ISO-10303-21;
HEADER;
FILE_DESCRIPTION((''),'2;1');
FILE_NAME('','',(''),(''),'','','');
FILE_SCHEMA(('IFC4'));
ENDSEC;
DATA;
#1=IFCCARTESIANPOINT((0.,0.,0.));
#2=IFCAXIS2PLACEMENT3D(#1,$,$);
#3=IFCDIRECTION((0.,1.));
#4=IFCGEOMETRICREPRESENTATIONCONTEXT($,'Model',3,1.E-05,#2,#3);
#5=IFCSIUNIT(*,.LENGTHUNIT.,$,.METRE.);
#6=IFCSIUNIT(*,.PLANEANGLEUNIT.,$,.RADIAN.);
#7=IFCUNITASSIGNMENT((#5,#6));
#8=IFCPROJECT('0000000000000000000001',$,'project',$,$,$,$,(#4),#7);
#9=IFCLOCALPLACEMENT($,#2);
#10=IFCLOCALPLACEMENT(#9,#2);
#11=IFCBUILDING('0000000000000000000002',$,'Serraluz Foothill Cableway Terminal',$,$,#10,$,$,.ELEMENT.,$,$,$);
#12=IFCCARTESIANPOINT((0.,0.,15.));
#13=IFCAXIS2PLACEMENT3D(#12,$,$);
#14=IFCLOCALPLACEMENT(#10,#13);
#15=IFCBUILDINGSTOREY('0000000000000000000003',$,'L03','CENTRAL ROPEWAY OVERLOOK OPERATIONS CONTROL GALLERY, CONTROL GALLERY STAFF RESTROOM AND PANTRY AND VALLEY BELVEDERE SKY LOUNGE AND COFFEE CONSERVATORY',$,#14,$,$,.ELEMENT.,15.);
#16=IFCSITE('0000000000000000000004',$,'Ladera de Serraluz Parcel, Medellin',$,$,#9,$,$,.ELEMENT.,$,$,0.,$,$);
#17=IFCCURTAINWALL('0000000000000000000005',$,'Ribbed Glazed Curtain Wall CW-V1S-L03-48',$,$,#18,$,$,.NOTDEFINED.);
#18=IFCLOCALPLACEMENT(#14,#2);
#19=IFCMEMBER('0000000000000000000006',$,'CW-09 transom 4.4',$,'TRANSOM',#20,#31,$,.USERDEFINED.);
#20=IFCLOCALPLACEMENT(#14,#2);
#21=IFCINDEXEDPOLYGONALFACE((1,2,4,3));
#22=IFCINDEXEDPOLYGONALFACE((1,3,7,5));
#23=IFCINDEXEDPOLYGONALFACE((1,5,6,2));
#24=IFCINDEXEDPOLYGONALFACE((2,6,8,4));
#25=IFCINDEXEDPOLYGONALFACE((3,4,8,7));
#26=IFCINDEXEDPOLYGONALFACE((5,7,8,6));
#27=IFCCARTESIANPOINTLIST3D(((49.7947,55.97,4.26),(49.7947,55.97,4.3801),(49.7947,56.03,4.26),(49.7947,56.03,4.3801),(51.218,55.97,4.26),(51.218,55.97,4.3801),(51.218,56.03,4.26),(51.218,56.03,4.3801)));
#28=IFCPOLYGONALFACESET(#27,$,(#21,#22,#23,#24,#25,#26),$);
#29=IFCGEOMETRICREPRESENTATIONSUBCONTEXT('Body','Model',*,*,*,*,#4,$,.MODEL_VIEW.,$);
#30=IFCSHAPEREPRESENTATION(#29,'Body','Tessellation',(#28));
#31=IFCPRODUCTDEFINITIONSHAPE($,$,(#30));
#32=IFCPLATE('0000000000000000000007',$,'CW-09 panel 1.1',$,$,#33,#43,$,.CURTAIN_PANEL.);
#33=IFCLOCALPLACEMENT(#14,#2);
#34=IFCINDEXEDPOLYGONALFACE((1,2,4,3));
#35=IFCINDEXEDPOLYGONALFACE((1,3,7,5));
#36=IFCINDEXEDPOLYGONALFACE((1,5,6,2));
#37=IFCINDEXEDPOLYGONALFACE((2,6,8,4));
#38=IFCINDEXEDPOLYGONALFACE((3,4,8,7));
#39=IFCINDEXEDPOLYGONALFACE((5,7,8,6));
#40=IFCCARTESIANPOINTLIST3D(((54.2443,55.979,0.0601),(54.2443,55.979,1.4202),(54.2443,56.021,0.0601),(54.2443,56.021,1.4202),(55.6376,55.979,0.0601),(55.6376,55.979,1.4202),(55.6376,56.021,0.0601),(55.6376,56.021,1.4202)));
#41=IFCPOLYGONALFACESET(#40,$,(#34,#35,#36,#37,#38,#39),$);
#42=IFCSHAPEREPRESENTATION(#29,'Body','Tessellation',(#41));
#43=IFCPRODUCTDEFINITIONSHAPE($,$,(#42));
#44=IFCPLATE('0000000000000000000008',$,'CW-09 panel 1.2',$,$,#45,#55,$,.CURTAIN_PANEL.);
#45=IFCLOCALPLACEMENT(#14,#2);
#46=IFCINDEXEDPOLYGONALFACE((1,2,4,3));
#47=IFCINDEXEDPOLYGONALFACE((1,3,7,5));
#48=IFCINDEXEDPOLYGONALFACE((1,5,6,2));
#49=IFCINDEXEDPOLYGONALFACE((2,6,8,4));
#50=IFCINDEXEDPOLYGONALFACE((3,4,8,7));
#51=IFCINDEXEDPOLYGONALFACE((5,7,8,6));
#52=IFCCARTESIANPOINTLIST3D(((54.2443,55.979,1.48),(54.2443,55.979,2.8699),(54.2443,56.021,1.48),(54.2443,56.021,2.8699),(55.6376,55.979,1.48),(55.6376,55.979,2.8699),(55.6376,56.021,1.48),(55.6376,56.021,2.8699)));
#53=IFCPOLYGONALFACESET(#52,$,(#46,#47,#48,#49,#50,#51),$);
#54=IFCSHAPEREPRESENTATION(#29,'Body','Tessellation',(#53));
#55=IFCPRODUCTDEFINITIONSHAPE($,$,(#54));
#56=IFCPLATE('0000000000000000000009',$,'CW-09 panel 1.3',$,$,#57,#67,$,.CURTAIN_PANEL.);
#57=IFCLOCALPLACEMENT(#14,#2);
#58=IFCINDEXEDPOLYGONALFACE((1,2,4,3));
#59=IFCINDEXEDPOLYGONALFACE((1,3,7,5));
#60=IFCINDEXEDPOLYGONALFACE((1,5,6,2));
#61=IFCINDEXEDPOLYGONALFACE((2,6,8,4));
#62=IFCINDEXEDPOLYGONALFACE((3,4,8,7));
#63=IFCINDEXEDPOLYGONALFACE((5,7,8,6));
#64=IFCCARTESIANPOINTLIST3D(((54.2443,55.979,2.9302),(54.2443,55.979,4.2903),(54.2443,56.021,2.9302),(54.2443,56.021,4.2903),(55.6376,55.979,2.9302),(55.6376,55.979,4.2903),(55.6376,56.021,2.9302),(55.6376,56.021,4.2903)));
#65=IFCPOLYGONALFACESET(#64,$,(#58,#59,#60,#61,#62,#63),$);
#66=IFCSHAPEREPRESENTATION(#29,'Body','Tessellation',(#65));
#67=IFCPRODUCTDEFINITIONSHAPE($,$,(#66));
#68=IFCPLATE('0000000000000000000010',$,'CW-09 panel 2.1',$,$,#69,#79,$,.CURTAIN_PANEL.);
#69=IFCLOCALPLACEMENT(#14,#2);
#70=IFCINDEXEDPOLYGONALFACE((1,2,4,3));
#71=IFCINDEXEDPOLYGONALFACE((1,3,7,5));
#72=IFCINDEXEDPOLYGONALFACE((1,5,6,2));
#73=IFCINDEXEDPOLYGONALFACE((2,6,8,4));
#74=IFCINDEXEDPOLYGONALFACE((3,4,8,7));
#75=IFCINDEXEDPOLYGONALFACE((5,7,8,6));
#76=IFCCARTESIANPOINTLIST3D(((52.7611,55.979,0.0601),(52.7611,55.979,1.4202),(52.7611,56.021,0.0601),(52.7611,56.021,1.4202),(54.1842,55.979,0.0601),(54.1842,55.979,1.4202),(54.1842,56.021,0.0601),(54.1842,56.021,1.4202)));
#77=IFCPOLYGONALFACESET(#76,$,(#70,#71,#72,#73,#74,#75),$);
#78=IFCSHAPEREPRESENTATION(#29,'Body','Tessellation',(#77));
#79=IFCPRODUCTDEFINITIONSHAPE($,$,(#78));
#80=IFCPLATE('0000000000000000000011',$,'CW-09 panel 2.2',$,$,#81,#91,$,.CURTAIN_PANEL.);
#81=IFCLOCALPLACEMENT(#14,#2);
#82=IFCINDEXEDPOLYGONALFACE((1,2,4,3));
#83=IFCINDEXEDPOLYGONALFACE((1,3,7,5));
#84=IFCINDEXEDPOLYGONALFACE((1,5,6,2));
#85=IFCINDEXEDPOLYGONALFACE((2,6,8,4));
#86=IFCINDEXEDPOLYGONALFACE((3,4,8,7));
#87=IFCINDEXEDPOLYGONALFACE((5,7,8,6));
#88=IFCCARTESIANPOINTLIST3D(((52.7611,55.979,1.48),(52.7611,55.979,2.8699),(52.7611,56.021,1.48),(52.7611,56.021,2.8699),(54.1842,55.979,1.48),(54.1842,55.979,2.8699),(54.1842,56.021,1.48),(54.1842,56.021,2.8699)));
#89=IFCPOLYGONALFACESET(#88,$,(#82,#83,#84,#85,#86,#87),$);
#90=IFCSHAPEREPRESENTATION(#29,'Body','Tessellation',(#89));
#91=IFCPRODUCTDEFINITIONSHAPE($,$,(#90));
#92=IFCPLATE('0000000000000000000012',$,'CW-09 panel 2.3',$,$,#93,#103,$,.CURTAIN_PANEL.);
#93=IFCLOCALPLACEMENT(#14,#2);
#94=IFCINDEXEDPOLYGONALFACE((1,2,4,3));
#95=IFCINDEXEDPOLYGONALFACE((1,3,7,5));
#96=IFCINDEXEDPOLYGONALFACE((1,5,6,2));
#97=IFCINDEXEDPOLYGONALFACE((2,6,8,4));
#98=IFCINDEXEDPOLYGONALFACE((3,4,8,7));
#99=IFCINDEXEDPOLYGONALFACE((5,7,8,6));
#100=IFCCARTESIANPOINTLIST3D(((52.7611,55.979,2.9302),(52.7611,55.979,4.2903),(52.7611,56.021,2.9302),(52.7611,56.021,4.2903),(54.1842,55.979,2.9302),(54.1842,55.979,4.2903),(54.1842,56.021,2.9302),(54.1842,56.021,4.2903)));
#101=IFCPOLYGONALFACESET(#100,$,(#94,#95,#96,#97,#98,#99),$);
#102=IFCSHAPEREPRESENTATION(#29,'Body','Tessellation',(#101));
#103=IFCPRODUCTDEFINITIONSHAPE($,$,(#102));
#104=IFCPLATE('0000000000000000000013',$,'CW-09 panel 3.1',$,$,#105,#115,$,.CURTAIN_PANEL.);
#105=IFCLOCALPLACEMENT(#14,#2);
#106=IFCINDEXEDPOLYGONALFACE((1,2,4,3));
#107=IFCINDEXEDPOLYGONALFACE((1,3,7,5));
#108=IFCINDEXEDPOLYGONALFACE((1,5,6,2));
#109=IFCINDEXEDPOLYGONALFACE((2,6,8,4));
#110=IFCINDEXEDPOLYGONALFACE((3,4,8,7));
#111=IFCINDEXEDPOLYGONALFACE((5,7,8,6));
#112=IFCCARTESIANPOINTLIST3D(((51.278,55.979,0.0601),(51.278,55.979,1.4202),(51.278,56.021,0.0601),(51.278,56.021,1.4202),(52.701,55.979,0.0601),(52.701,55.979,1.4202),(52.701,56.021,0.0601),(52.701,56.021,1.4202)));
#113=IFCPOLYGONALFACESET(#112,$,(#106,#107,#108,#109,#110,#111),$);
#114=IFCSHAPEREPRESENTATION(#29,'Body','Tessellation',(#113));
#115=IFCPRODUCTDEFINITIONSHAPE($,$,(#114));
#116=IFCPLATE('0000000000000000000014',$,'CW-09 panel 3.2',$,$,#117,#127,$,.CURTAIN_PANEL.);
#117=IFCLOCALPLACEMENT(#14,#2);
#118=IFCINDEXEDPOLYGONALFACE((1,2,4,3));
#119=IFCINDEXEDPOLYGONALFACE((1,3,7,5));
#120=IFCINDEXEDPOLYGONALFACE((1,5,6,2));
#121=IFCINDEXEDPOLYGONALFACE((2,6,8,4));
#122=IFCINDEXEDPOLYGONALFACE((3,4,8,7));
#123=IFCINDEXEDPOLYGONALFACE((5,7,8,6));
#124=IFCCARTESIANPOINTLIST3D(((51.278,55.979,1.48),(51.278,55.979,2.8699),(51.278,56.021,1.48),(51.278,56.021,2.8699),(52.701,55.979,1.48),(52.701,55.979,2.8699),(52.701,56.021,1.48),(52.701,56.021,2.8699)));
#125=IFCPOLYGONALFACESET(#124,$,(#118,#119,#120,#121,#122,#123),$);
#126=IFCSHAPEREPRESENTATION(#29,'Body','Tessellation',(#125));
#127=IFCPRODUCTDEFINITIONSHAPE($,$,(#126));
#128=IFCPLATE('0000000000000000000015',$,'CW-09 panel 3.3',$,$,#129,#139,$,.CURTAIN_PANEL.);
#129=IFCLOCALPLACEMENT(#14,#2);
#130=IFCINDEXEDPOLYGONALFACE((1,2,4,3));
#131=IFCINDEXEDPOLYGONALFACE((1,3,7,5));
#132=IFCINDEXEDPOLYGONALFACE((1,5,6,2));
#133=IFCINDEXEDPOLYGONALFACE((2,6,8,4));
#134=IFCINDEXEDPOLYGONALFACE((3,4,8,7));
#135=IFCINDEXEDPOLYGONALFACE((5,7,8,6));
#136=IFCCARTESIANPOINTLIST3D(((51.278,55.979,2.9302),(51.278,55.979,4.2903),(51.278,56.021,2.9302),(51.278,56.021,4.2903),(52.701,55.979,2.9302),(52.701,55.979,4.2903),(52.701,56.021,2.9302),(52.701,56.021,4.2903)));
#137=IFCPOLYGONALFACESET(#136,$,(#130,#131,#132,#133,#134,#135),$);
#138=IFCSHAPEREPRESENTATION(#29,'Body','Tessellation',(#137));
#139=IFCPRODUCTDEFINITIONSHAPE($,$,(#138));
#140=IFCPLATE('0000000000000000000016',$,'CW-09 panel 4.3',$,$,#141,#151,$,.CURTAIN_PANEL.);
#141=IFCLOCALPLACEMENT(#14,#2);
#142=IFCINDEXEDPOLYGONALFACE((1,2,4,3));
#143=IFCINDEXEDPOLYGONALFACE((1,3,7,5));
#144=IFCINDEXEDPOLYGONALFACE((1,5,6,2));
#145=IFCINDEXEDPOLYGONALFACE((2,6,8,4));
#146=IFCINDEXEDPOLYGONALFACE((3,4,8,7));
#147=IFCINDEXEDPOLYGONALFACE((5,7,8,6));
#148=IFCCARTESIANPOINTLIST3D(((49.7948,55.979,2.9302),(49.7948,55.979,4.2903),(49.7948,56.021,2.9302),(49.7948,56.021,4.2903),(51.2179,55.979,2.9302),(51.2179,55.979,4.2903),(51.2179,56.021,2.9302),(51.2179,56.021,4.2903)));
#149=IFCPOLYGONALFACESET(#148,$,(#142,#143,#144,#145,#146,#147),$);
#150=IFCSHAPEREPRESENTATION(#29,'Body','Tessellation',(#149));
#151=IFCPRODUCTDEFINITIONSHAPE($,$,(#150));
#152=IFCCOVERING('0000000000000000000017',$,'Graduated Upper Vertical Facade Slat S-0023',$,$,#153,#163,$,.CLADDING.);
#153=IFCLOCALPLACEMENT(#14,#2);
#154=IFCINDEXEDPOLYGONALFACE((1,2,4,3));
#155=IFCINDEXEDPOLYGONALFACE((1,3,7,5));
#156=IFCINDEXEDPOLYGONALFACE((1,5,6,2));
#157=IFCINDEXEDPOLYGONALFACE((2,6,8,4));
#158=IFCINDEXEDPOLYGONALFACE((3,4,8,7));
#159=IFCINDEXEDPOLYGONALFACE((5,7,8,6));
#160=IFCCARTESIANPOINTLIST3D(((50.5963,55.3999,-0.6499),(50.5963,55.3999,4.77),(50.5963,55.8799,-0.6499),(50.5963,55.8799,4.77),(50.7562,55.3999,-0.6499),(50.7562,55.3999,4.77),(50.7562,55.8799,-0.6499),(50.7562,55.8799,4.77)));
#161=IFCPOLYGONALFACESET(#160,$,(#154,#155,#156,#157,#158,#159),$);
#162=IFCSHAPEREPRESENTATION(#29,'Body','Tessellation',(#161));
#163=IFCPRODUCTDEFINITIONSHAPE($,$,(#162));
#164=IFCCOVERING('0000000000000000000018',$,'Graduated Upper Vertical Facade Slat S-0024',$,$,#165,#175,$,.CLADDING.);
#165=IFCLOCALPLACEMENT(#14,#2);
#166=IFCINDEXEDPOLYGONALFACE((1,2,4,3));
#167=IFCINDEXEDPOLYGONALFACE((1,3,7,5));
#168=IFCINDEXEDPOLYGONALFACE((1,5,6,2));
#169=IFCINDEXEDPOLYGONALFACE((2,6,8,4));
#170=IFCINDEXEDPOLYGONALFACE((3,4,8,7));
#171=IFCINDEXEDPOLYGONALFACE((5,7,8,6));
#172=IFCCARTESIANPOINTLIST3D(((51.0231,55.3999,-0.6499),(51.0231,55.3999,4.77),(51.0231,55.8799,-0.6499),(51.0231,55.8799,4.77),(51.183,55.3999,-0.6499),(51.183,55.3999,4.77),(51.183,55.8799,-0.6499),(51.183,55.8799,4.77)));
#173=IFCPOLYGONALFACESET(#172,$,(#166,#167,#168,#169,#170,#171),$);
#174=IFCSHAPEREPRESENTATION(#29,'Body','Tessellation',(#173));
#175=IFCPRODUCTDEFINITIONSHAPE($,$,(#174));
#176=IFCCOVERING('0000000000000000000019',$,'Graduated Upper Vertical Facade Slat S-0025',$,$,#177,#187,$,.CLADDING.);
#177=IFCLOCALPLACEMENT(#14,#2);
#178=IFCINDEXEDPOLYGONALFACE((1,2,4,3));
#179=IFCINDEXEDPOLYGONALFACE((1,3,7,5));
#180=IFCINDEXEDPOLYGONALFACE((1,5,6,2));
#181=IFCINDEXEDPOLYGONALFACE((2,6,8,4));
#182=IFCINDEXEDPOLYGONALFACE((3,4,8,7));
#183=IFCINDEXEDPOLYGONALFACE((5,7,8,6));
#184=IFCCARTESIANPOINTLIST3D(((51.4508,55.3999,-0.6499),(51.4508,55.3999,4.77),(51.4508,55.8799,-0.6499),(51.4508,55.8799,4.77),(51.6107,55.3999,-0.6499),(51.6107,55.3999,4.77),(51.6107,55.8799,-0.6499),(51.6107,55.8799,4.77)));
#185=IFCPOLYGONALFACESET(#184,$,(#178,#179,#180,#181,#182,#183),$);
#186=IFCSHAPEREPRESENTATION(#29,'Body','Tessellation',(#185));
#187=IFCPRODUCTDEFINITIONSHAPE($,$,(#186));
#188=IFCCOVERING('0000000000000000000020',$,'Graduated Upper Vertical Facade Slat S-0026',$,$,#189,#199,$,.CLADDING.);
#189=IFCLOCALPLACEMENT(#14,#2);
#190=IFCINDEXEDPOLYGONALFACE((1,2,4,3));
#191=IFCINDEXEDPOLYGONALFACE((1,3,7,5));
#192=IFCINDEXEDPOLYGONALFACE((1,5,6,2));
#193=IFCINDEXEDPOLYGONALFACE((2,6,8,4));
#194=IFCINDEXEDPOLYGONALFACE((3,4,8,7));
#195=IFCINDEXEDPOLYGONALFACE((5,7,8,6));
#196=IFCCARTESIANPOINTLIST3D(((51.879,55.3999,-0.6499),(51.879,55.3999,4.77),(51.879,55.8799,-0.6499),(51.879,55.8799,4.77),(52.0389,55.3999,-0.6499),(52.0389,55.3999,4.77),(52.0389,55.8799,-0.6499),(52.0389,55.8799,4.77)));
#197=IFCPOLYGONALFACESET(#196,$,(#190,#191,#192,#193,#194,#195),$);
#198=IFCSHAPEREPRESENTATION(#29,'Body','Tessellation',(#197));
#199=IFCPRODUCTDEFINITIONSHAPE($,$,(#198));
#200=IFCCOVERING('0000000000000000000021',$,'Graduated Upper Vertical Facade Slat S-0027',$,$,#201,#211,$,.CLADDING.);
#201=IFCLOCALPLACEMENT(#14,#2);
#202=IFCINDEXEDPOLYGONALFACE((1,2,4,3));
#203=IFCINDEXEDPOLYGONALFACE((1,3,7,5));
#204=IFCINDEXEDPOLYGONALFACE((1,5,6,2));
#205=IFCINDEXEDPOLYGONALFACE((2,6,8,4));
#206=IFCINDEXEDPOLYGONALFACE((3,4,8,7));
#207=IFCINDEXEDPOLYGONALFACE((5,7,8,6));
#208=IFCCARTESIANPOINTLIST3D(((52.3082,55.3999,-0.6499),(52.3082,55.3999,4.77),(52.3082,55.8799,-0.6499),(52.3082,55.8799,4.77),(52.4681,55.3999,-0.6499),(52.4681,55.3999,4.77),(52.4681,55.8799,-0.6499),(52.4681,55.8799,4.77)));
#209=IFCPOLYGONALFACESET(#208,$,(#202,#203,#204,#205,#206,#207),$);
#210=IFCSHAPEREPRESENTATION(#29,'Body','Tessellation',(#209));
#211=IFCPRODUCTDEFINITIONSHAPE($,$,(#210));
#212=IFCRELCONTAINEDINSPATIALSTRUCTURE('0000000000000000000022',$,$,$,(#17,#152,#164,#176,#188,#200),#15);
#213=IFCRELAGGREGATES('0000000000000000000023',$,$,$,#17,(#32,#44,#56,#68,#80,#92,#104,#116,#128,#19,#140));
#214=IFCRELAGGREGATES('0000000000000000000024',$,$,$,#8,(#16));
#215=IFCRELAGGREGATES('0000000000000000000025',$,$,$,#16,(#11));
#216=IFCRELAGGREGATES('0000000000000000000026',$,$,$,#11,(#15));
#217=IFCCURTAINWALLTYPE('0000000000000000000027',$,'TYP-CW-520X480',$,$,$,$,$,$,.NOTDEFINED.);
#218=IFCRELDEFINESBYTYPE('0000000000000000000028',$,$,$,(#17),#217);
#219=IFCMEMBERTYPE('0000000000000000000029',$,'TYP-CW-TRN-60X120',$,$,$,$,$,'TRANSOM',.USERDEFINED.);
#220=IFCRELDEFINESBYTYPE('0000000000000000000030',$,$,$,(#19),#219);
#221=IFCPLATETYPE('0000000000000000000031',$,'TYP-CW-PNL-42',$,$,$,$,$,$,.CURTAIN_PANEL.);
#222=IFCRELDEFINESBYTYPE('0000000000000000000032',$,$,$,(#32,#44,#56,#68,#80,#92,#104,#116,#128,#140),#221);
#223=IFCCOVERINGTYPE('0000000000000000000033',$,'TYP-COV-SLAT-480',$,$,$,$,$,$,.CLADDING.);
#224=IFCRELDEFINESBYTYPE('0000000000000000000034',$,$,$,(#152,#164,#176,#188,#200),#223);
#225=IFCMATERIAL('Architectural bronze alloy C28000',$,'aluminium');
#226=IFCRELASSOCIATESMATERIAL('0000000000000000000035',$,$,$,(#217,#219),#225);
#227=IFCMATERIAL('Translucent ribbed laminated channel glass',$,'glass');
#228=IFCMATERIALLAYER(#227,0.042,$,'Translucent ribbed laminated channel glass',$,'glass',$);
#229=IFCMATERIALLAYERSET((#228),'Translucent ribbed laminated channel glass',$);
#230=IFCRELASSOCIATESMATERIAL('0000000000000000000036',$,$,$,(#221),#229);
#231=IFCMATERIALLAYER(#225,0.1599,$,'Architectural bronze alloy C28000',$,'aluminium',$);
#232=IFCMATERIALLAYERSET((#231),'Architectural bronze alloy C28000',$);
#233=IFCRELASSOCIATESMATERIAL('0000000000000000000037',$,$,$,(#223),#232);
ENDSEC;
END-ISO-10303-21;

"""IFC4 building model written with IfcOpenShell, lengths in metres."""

from ifc_helpers import new_model, si_unit, direction, frame, origin, origin_2d, place, context, subcontext, project, spatial, rectangle, extrude, material, layer, layer_set, material_profile, profile_set, type_object, element, aggregate, save


model = new_model("IFC4")

# Units and contexts
model_context = context("Model", 3, precision=1e-05, world=origin(), true_north=direction((0.0, 1.0)))
body_context = subcontext(model_context, "Body", "Model", "MODEL_VIEW")
ifc_project = project(units=[si_unit("LENGTHUNIT", "METRE"), si_unit("PLANEANGLEUNIT", "RADIAN")], contexts=[model_context])

# Site, building, storey
site_placement = place(None, origin())
site = spatial("IfcSite", under=ifc_project, at=site_placement, Name="Ladera de Serraluz Parcel, Medellin", CompositionType="ELEMENT", RefElevation=0.0)
building_placement = place(site_placement, origin())
building = spatial("IfcBuilding", under=site, at=building_placement, Name="Serraluz Foothill Cableway Terminal", CompositionType="ELEMENT")
storey_placement = place(building_placement, frame((0.0, 0.0, 15.0)))
storey = spatial("IfcBuildingStorey", under=building, at=storey_placement, Name="L03", Description="CENTRAL ROPEWAY OVERLOOK OPERATIONS CONTROL GALLERY, CONTROL GALLERY STAFF RESTROOM AND PANTRY AND VALLEY BELVEDERE SKY LOUNGE AND COFFEE CONSERVATORY", CompositionType="ELEMENT", Elevation=15.0)

# Curtain wall, member, plates
ifc_material_1 = material(Name="Architectural bronze alloy C28000", Category="aluminium")
curtain_wall_type = type_object("IfcCurtainWallType", Name="TYP-CW-520X480", PredefinedType="NOTDEFINED", material=ifc_material_1)
curtain_wall_placement = place(storey_placement, origin())
curtain_wall = element("IfcCurtainWall", 1, at=curtain_wall_placement, inside=storey, type_object=curtain_wall_type, Name="Ribbed Glazed Curtain Wall CW-V1S-L03-48", PredefinedType="NOTDEFINED")
ifc_material_profile_1 = material_profile(ifc_material_1, rectangle(XDim=0.0601, YDim=0.1201, at=origin_2d()), Name="ALU TRANSOM 60x120")
ifc_profile_set_1 = profile_set([ifc_material_profile_1], Name="Architectural bronze alloy C28000")
member_type_1 = type_object("IfcMemberType", Name="TYP-CW-TRN-60X120", ElementType="TRANSOM", PredefinedType="USERDEFINED", material=ifc_profile_set_1)
member_1_placement = place(storey_placement, frame((51.218, 56.0, 4.3201), z_axis=(-1.0, 0.0, 0.0), x_axis=(0.0, -1.0, 0.0)))
member_1 = element("IfcMember", 2, at=member_1_placement, type_object=member_type_1, Name="CW-09 transom 4.4", ObjectType="TRANSOM", PredefinedType="USERDEFINED", context=body_context, shape_type="SweptSolid", body=[
    extrude(rectangle(XDim=0.0601, YDim=0.1201, at=origin_2d()), origin(), (0.0, 0.0, 1.0), 1.4233),
])
ifc_material_2 = material(Name="Translucent ribbed laminated channel glass", Category="glass")
ifc_layer_1 = layer(ifc_material_2, 0.042, Name="Translucent ribbed laminated channel glass", Category="glass")
ifc_layer_set_1 = layer_set([ifc_layer_1], Name="Translucent ribbed laminated channel glass")
plate_type = type_object("IfcPlateType", Name="TYP-CW-PNL-42", PredefinedType="CURTAIN_PANEL", material=ifc_layer_set_1)
plate_1_placement = place(storey_placement, frame((54.9409, 56.0, 0.0601), z_axis=(0.0, 0.0, 1.0), x_axis=(-1.0, 0.0, 0.0)))
plate_1 = element("IfcPlate", 3, at=plate_1_placement, type_object=plate_type, Name="CW-09 panel 1.1", PredefinedType="CURTAIN_PANEL", context=body_context, shape_type="SweptSolid", body=[
    extrude(rectangle(XDim=1.3933, YDim=0.042, at=origin_2d()), origin(), (0.0, 0.0, 1.0), 1.3601),
])
plate_2_placement = place(storey_placement, frame((54.9409, 56.0, 1.48), z_axis=(0.0, 0.0, 1.0), x_axis=(-1.0, 0.0, 0.0)))
plate_2 = element("IfcPlate", 4, at=plate_2_placement, type_object=plate_type, Name="CW-09 panel 1.2", PredefinedType="CURTAIN_PANEL", context=body_context, shape_type="SweptSolid", body=[
    extrude(rectangle(XDim=1.3933, YDim=0.042, at=origin_2d()), origin(), (0.0, 0.0, 1.0), 1.3899),
])
plate_3_placement = place(storey_placement, frame((54.9409, 56.0, 2.9302), z_axis=(0.0, 0.0, 1.0), x_axis=(-1.0, 0.0, 0.0)))
plate_3 = element("IfcPlate", 5, at=plate_3_placement, type_object=plate_type, Name="CW-09 panel 1.3", PredefinedType="CURTAIN_PANEL", context=body_context, shape_type="SweptSolid", body=[
    extrude(rectangle(XDim=1.3933, YDim=0.042, at=origin_2d()), origin(), (0.0, 0.0, 1.0), 1.3601),
])
plate_4_placement = place(storey_placement, frame((53.4727, 56.0, 0.0601), z_axis=(0.0, 0.0, 1.0), x_axis=(-1.0, 0.0, 0.0)))
plate_4 = element("IfcPlate", 6, at=plate_4_placement, type_object=plate_type, Name="CW-09 panel 2.1", PredefinedType="CURTAIN_PANEL", context=body_context, shape_type="SweptSolid", body=[
    extrude(rectangle(XDim=1.4231, YDim=0.042, at=origin_2d()), origin(), (0.0, 0.0, 1.0), 1.3601),
])
plate_5_placement = place(storey_placement, frame((53.4727, 56.0, 1.48), z_axis=(0.0, 0.0, 1.0), x_axis=(-1.0, 0.0, 0.0)))
plate_5 = element("IfcPlate", 7, at=plate_5_placement, type_object=plate_type, Name="CW-09 panel 2.2", PredefinedType="CURTAIN_PANEL", context=body_context, shape_type="SweptSolid", body=[
    extrude(rectangle(XDim=1.4231, YDim=0.042, at=origin_2d()), origin(), (0.0, 0.0, 1.0), 1.3899),
])
plate_6_placement = place(storey_placement, frame((53.4727, 56.0, 2.9302), z_axis=(0.0, 0.0, 1.0), x_axis=(-1.0, 0.0, 0.0)))
plate_6 = element("IfcPlate", 8, at=plate_6_placement, type_object=plate_type, Name="CW-09 panel 2.3", PredefinedType="CURTAIN_PANEL", context=body_context, shape_type="SweptSolid", body=[
    extrude(rectangle(XDim=1.4231, YDim=0.042, at=origin_2d()), origin(), (0.0, 0.0, 1.0), 1.3601),
])
plate_7_placement = place(storey_placement, frame((51.9895, 56.0, 0.0601), z_axis=(0.0, 0.0, 1.0), x_axis=(-1.0, 0.0, 0.0)))
plate_7 = element("IfcPlate", 9, at=plate_7_placement, type_object=plate_type, Name="CW-09 panel 3.1", PredefinedType="CURTAIN_PANEL", context=body_context, shape_type="SweptSolid", body=[
    extrude(rectangle(XDim=1.4231, YDim=0.042, at=origin_2d()), origin(), (0.0, 0.0, 1.0), 1.3601),
])
plate_8_placement = place(storey_placement, frame((51.9895, 56.0, 1.48), z_axis=(0.0, 0.0, 1.0), x_axis=(-1.0, 0.0, 0.0)))
plate_8 = element("IfcPlate", 10, at=plate_8_placement, type_object=plate_type, Name="CW-09 panel 3.2", PredefinedType="CURTAIN_PANEL", context=body_context, shape_type="SweptSolid", body=[
    extrude(rectangle(XDim=1.4231, YDim=0.042, at=origin_2d()), origin(), (0.0, 0.0, 1.0), 1.3899),
])
plate_9_placement = place(storey_placement, frame((51.9895, 56.0, 2.9302), z_axis=(0.0, 0.0, 1.0), x_axis=(-1.0, 0.0, 0.0)))
plate_9 = element("IfcPlate", 11, at=plate_9_placement, type_object=plate_type, Name="CW-09 panel 3.3", PredefinedType="CURTAIN_PANEL", context=body_context, shape_type="SweptSolid", body=[
    extrude(rectangle(XDim=1.4231, YDim=0.042, at=origin_2d()), origin(), (0.0, 0.0, 1.0), 1.3601),
])
plate_10_placement = place(storey_placement, frame((50.5063, 56.0, 2.9302), z_axis=(0.0, 0.0, 1.0), x_axis=(-1.0, 0.0, 0.0)))
plate_10 = element("IfcPlate", 12, at=plate_10_placement, type_object=plate_type, Name="CW-09 panel 4.3", PredefinedType="CURTAIN_PANEL", context=body_context, shape_type="SweptSolid", body=[
    extrude(rectangle(XDim=1.4231, YDim=0.042, at=origin_2d()), origin(), (0.0, 0.0, 1.0), 1.3601),
])
aggregate(curtain_wall, [plate_1, plate_2, plate_3, plate_4, plate_5, plate_6, plate_7, plate_8, plate_9, member_1, plate_10])

# Coverings
ifc_layer_2 = layer(ifc_material_1, 0.1599, Name="Architectural bronze alloy C28000", Category="aluminium")
ifc_layer_set_2 = layer_set([ifc_layer_2], Name="Architectural bronze alloy C28000")
covering_type = type_object("IfcCoveringType", Name="TYP-COV-SLAT-480", PredefinedType="CLADDING", material=ifc_layer_set_2)
for number, where, z_axis, x_axis, name in (
    (13, (50.6763, 55.6399, -0.6499), (0.0, 0.0, 1.0), (1.0, 0.0, 0.0), "Graduated Upper Vertical Facade Slat S-0023"),
    (14, (51.103, 55.6399, -0.6499), (0.0, 0.0, 1.0), (1.0, 0.0, 0.0), "Graduated Upper Vertical Facade Slat S-0024"),
    (15, (51.5308, 55.6399, -0.6499), (0.0, 0.0, 1.0), (1.0, 0.0, 0.0), "Graduated Upper Vertical Facade Slat S-0025"),
    (16, (51.959, 55.6399, -0.6499), (0.0, 0.0, 1.0), (1.0, 0.0, 0.0), "Graduated Upper Vertical Facade Slat S-0026"),
    (17, (52.3882, 55.6399, -0.6499), (0.0, 0.0, 1.0), (1.0, 0.0, 0.0), "Graduated Upper Vertical Facade Slat S-0027"),
):
    element("IfcCovering", number, at=place(storey_placement, frame(where, z_axis=z_axis, x_axis=x_axis)), inside=storey, type_object=covering_type, Name=name, PredefinedType="CLADDING", context=body_context, shape_type="SweptSolid", body=[
        extrude(rectangle(XDim=0.1599, YDim=0.48, at=origin_2d()), origin(), (0.0, 0.0, 1.0), 5.4199),
    ])

save(model, "model.ifc")
